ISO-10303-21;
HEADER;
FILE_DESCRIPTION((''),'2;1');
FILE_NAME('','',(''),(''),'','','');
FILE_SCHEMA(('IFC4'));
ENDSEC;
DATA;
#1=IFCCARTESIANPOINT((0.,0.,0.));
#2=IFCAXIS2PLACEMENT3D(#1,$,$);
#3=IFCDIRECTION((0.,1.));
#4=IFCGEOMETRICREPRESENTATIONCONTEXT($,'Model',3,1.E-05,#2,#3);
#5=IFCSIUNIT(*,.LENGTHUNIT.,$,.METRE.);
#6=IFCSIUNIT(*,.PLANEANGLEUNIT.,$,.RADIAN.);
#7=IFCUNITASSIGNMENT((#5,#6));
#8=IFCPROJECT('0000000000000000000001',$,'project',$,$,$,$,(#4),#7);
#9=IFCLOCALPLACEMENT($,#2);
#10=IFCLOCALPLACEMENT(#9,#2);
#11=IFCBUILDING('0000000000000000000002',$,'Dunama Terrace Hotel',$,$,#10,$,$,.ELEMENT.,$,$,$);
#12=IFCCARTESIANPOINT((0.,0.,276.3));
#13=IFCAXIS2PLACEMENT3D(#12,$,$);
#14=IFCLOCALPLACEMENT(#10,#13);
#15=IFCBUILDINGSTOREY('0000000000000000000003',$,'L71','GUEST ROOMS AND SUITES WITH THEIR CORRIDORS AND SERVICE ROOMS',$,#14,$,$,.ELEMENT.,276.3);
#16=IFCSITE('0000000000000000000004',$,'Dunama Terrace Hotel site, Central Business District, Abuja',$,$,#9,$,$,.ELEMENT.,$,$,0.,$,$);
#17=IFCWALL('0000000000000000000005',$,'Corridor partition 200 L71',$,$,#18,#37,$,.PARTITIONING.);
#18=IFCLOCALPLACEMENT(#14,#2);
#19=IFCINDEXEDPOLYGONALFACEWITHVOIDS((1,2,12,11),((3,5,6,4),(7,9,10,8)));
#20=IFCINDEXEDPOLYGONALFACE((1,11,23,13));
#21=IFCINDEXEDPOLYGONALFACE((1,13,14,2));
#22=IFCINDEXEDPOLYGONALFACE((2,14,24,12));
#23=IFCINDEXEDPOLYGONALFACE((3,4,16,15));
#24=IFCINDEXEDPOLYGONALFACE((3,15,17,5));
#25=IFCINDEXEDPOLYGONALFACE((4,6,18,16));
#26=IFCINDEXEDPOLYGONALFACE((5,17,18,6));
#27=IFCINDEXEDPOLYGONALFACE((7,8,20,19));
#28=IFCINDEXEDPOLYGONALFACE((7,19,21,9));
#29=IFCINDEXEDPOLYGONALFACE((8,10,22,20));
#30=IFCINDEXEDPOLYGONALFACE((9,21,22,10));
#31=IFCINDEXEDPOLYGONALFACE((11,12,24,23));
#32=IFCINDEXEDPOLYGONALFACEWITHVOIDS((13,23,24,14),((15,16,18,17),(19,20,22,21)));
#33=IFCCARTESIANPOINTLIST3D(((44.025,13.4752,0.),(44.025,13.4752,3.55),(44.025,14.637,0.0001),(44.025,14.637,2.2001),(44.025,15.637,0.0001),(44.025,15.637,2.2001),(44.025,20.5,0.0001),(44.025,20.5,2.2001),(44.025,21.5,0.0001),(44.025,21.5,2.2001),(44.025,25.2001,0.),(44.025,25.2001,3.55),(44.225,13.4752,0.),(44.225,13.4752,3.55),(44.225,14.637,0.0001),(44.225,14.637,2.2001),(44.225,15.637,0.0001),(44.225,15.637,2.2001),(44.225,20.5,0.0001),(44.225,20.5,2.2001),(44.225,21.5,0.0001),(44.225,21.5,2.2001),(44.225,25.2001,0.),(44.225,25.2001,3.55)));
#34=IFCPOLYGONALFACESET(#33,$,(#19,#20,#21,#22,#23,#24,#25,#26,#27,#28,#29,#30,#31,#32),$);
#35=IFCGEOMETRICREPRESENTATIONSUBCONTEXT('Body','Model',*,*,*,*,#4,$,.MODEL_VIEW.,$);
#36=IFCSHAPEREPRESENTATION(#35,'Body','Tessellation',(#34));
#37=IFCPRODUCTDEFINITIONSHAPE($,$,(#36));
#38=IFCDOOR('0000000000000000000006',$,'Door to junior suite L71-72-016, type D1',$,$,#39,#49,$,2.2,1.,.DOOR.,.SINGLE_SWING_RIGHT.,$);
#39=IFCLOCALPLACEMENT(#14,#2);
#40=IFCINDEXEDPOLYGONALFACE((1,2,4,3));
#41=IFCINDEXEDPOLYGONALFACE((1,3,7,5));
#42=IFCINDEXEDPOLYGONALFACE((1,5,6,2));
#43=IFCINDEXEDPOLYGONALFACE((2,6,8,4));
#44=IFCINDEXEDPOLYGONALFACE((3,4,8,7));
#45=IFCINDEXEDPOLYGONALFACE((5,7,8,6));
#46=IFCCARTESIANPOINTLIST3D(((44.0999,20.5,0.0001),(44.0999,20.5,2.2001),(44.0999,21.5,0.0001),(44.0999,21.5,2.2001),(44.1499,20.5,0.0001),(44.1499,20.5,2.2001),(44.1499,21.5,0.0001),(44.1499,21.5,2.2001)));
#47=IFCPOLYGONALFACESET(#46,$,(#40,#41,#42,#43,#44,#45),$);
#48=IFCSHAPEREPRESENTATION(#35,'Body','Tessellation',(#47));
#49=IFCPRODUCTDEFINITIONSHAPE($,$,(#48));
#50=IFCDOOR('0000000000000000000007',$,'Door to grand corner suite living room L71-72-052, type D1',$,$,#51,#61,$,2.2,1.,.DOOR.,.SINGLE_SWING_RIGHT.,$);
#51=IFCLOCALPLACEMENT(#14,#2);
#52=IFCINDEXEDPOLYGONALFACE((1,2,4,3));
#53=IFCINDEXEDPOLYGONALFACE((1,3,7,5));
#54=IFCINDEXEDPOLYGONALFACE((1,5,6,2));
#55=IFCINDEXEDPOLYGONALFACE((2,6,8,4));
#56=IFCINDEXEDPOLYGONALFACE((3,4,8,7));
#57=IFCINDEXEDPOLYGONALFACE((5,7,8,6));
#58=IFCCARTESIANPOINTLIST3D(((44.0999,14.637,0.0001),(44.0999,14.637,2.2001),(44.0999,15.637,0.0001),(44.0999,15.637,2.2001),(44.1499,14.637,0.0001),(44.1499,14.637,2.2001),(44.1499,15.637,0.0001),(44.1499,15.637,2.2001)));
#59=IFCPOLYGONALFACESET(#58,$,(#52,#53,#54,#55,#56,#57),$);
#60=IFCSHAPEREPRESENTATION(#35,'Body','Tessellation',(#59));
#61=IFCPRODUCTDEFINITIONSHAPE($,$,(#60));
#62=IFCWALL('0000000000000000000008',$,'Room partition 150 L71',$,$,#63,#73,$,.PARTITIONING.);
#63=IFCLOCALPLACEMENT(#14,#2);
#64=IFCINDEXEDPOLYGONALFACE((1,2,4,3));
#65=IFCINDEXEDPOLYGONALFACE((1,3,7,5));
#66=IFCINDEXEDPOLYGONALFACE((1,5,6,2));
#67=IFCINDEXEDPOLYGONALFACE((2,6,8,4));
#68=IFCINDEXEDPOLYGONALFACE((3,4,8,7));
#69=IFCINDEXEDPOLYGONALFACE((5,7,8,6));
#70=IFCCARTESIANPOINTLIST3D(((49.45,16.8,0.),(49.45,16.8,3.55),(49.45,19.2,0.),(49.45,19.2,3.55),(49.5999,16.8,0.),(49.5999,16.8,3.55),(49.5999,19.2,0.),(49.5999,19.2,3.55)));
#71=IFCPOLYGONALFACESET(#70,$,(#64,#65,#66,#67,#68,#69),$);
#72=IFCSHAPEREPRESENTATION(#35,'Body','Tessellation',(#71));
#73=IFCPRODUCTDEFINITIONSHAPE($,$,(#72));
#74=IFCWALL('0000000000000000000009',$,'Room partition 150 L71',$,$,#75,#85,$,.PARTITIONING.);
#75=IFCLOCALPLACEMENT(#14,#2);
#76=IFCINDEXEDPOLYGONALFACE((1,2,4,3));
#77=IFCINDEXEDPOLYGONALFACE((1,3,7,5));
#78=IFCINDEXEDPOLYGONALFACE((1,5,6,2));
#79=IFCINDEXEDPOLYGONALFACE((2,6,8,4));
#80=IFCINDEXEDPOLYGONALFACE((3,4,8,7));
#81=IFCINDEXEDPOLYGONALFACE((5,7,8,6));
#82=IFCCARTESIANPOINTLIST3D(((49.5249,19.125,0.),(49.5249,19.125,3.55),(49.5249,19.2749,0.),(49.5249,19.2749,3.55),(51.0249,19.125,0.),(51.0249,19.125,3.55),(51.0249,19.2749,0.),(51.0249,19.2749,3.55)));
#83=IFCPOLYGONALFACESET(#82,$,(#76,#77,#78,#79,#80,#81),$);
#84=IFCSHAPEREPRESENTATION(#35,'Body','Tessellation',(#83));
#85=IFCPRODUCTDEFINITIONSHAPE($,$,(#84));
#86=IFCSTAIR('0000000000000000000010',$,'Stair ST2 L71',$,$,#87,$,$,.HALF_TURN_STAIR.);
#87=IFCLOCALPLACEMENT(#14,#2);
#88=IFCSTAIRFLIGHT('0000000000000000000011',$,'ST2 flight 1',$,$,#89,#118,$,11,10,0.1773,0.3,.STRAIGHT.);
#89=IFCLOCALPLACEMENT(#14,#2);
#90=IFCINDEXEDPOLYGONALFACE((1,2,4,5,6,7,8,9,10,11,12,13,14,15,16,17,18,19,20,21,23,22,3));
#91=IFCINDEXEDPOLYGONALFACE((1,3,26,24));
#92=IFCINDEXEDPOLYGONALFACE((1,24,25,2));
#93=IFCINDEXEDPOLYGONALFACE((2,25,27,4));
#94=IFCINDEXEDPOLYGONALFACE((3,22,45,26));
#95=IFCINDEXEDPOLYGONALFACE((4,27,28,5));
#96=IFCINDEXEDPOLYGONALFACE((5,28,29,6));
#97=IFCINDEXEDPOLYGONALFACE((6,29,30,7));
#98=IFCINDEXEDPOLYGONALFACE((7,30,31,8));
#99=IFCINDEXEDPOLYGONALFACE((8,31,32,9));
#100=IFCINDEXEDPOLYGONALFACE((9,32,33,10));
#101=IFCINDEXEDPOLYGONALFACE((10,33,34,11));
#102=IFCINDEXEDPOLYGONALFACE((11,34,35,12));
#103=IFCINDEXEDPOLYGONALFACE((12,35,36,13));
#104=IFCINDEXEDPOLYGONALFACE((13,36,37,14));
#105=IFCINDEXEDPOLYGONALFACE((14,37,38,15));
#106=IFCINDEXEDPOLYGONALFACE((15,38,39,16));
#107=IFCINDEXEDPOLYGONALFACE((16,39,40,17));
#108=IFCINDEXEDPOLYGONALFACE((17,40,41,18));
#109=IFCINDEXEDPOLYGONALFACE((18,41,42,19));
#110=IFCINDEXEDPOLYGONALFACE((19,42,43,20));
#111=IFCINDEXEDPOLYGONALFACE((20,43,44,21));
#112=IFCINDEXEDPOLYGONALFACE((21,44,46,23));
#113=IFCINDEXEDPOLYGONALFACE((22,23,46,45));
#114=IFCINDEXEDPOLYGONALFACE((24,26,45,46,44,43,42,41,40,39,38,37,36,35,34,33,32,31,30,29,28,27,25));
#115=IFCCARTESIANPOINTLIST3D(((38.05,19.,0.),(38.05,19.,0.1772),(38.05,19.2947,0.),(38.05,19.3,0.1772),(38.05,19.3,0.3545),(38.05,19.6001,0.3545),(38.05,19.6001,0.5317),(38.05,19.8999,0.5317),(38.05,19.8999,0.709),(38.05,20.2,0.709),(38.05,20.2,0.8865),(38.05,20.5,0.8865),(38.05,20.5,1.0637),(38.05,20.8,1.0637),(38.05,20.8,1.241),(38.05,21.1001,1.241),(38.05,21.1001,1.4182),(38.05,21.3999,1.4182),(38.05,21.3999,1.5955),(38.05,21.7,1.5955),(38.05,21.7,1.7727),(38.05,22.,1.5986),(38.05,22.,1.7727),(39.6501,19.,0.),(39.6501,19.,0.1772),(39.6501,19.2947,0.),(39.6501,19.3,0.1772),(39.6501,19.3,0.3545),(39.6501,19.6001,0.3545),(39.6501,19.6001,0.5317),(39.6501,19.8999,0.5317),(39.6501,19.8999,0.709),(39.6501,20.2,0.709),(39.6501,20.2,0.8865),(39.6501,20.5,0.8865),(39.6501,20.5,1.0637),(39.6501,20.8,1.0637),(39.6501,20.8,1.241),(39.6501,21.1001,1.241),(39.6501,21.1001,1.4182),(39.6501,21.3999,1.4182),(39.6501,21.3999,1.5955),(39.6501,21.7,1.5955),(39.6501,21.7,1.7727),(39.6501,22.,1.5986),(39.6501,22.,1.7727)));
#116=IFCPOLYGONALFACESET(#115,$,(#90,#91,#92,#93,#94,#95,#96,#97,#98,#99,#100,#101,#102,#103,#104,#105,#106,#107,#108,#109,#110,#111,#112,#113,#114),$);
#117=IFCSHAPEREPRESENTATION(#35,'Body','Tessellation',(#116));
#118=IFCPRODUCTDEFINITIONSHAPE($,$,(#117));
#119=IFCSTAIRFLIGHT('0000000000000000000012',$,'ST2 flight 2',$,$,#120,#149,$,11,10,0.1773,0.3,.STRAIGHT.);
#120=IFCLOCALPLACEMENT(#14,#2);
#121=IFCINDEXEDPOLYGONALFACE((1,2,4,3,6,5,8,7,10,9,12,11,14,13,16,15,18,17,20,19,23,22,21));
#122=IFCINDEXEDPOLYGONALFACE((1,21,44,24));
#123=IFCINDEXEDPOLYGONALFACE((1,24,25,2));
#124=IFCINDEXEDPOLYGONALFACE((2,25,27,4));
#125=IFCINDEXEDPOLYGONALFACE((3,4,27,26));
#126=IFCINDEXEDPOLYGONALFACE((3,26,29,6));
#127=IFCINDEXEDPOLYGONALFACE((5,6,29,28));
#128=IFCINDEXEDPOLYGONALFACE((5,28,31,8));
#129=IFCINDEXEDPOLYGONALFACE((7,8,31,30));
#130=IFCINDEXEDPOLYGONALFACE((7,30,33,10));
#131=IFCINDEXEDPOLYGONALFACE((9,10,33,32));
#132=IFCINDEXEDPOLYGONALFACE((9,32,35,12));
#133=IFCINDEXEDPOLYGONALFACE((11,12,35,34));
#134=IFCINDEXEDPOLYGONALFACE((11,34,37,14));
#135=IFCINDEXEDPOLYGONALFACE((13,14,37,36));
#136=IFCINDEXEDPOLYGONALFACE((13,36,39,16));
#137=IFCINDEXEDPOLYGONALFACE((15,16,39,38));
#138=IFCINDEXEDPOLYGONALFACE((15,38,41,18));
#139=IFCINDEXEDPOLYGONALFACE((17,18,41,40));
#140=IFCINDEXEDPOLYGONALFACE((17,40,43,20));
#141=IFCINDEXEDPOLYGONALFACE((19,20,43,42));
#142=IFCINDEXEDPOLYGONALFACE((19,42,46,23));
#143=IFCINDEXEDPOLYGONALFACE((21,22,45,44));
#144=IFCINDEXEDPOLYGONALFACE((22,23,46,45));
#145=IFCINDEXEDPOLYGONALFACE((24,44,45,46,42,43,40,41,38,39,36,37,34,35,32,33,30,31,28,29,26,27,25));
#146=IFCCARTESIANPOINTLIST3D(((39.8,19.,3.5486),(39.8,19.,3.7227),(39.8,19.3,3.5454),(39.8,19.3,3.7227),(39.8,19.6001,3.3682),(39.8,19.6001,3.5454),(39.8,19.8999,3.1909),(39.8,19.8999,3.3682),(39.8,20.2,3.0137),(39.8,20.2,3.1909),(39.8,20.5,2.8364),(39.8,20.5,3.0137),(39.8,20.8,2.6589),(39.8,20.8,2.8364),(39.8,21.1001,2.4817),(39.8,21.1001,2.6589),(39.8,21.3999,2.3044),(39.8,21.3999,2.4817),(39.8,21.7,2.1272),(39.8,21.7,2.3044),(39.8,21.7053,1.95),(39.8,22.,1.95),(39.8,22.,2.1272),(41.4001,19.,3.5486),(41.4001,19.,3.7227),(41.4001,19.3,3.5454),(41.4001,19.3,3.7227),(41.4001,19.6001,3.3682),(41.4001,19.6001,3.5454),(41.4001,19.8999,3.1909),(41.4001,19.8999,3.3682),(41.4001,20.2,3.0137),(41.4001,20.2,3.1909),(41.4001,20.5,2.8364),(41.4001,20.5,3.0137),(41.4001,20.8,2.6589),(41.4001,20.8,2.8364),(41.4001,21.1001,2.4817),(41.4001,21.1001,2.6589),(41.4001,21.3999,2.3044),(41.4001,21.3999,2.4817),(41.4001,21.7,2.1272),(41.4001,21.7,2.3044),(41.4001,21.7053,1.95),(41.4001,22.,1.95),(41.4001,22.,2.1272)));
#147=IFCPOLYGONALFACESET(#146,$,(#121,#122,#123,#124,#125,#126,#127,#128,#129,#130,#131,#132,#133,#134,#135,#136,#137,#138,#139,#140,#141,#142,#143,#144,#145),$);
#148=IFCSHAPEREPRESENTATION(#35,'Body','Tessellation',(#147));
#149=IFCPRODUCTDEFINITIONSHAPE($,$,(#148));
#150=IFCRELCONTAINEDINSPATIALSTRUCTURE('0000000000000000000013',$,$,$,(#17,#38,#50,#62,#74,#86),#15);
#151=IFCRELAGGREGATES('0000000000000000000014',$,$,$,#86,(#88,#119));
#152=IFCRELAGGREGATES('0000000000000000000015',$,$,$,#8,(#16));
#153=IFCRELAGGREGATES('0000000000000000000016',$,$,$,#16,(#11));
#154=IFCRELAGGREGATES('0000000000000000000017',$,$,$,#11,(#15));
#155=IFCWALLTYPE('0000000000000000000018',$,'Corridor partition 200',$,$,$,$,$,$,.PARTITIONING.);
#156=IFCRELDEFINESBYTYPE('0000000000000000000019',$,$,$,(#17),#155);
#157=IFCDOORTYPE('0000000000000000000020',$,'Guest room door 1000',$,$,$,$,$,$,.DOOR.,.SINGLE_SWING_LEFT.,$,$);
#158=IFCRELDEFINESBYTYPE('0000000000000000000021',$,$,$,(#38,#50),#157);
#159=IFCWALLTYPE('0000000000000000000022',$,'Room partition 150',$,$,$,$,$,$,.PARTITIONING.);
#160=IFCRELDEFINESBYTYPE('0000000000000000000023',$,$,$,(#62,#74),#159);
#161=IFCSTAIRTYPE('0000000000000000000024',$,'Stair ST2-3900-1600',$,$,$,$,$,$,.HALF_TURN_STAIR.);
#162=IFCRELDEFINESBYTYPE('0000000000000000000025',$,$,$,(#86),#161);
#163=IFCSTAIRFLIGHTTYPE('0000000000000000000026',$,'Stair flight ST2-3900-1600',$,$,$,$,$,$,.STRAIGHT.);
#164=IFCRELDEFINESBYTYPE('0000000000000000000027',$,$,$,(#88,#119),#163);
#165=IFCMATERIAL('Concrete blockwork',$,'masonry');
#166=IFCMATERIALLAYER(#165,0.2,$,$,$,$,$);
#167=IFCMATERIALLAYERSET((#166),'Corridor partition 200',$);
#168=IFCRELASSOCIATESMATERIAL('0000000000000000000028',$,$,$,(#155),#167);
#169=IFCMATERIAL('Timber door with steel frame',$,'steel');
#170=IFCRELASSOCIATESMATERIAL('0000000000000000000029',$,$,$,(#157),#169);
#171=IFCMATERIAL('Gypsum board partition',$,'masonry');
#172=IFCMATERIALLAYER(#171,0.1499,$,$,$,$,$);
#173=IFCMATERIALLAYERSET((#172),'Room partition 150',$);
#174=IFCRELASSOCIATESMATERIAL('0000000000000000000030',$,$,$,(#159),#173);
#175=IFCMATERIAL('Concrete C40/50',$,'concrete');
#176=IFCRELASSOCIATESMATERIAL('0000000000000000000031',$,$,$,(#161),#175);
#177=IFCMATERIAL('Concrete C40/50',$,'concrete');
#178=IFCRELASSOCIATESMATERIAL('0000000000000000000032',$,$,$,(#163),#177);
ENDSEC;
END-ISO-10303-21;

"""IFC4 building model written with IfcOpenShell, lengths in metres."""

from ifc_helpers import new_model, si_unit, direction, frame, frame_2d, origin, place, context, subcontext, project, spatial, polyline, rectangle, outline, extrude, material, layer, layer_set, type_object, element, fill, aggregate, save


model = new_model("IFC4")

# Units and contexts
model_context = context("Model", 3, precision=1e-05, world=origin(), true_north=direction((0.0, 1.0)))
body_context = subcontext(model_context, "Body", "Model", "MODEL_VIEW")
ifc_project = project(units=[si_unit("LENGTHUNIT", "METRE"), si_unit("PLANEANGLEUNIT", "RADIAN")], contexts=[model_context])

# Site, building, storey
site_placement = place(None, origin())
site = spatial("IfcSite", under=ifc_project, at=site_placement, Name="Dunama Terrace Hotel site, Central Business District, Abuja", CompositionType="ELEMENT", RefElevation=0.0)
building_placement = place(site_placement, origin())
building = spatial("IfcBuilding", under=site, at=building_placement, Name="Dunama Terrace Hotel", CompositionType="ELEMENT")
storey_placement = place(building_placement, frame((0.0, 0.0, 276.3)))
storey = spatial("IfcBuildingStorey", under=building, at=storey_placement, Name="L71", Description="GUEST ROOMS AND SUITES WITH THEIR CORRIDORS AND SERVICE ROOMS", CompositionType="ELEMENT", Elevation=276.3)

# Shared definitions
ifc_material_1 = material(Name="Concrete blockwork", Category="masonry")
ifc_layer_1 = layer(ifc_material_1, 0.2)
ifc_layer_set_1 = layer_set([ifc_layer_1], Name="Corridor partition 200")
wall_type_1 = type_object("IfcWallType", Name="Corridor partition 200", PredefinedType="PARTITIONING", material=ifc_layer_set_1)

# Wall, openings, doors
wall_1_placement = place(storey_placement, frame((44.125, 25.2, 0.0), z_axis=(0.0, 0.0, 1.0), x_axis=(0.0, -1.0, 0.0)))
wall_1 = element("IfcWall", 1, at=wall_1_placement, inside=storey, type_object=wall_type_1, Name="Corridor partition 200 L71", PredefinedType="PARTITIONING", context=body_context, shape_type="SweptSolid", body=[
    extrude(rectangle(XDim=11.7249, YDim=0.2, at=frame_2d((5.8623, 0.0))), origin(), (0.0, 0.0, 1.0), 3.55),
])
opening_1_placement = place(wall_1_placement, frame((3.7, 0.0, 0.0)))
opening_1 = element("IfcOpeningElement", 2, at=opening_1_placement, cuts=wall_1, PredefinedType="OPENING", context=body_context, shape_type="SweptSolid", body=[
    extrude(rectangle(XDim=1.0, YDim=2.2, at=frame_2d((0.5, 1.1001))), frame((0.0, 0.1099, 0.0), z_axis=(0.0, -1.0, 0.0), x_axis=(1.0, 0.0, 0.0)), (0.0, 0.0, 1.0), 0.22),
])
opening_2_placement = place(wall_1_placement, frame((9.563, 0.0, 0.0)))
opening_2 = element("IfcOpeningElement", 3, at=opening_2_placement, cuts=wall_1, PredefinedType="OPENING", context=body_context, shape_type="SweptSolid", body=[
    extrude(rectangle(XDim=1.0, YDim=2.2, at=frame_2d((0.5, 1.1001))), frame((0.0, 0.1099, 0.0), z_axis=(0.0, -1.0, 0.0), x_axis=(1.0, 0.0, 0.0)), (0.0, 0.0, 1.0), 0.22),
])
ifc_material_2 = material(Name="Timber door with steel frame", Category="steel")
door_type_1 = type_object("IfcDoorType", Name="Guest room door 1000", OperationType="SINGLE_SWING_LEFT", PredefinedType="DOOR", material=ifc_material_2)
door_1_placement = place(opening_1_placement, origin())
door_1 = element("IfcDoor", 4, at=door_1_placement, inside=storey, type_object=door_type_1, Name="Door to junior suite L71-72-016, type D1", OperationType="SINGLE_SWING_RIGHT", OverallHeight=2.2, OverallWidth=1.0, PredefinedType="DOOR", context=body_context, shape_type="SweptSolid", body=[
    extrude(rectangle(XDim=1.0, YDim=2.2, at=frame_2d((0.5, 1.1001))), frame((0.0, 0.0249, 0.0), z_axis=(0.0, -1.0, 0.0), x_axis=(1.0, 0.0, 0.0)), (0.0, 0.0, 1.0), 0.05),
])
fill(opening_1, door_1)
door_2_placement = place(opening_2_placement, origin())
door_2 = element("IfcDoor", 5, at=door_2_placement, inside=storey, type_object=door_type_1, Name="Door to grand corner suite living room L71-72-052, type D1", OperationType="SINGLE_SWING_RIGHT", OverallHeight=2.2, OverallWidth=1.0, PredefinedType="DOOR", context=body_context, shape_type="SweptSolid", body=[
    extrude(rectangle(XDim=1.0, YDim=2.2, at=frame_2d((0.5, 1.1001))), frame((0.0, 0.0249, 0.0), z_axis=(0.0, -1.0, 0.0), x_axis=(1.0, 0.0, 0.0)), (0.0, 0.0, 1.0), 0.05),
])
fill(opening_2, door_2)

# Walls
ifc_material_3 = material(Name="Gypsum board partition", Category="masonry")
ifc_layer_2 = layer(ifc_material_3, 0.1499)
ifc_layer_set_2 = layer_set([ifc_layer_2], Name="Room partition 150")
wall_type_2 = type_object("IfcWallType", Name="Room partition 150", PredefinedType="PARTITIONING", material=ifc_layer_set_2)
wall_2_placement = place(storey_placement, frame((49.5249, 16.8, 0.0), z_axis=(0.0, 0.0, 1.0), x_axis=(0.0, 1.0, 0.0)))
element("IfcWall", 6, at=wall_2_placement, inside=storey, type_object=wall_type_2, Name="Room partition 150 L71", PredefinedType="PARTITIONING", context=body_context, shape_type="SweptSolid", body=[
    extrude(rectangle(XDim=2.3999, YDim=0.1499, at=frame_2d((1.2, 0.0))), origin(), (0.0, 0.0, 1.0), 3.55),
])
wall_3_placement = place(storey_placement, frame((49.5249, 19.2, 0.0), z_axis=(0.0, 0.0, 1.0), x_axis=(1.0, 0.0, 0.0)))
element("IfcWall", 7, at=wall_3_placement, inside=storey, type_object=wall_type_2, Name="Room partition 150 L71", PredefinedType="PARTITIONING", context=body_context, shape_type="SweptSolid", body=[
    extrude(rectangle(XDim=1.5, YDim=0.1499, at=frame_2d((0.75, 0.0))), origin(), (0.0, 0.0, 1.0), 3.55),
])

# Stair, stair flights
ifc_material_4 = material(Name="Concrete C40/50", Category="concrete")
stair_type = type_object("IfcStairType", Name="Stair ST2-3900-1600", PredefinedType="HALF_TURN_STAIR", material=ifc_material_4)
stair_placement = place(storey_placement, origin())
stair = element("IfcStair", 8, at=stair_placement, inside=storey, type_object=stair_type, Name="Stair ST2 L71", PredefinedType="HALF_TURN_STAIR")
ifc_material_5 = material(Name="Concrete C40/50", Category="concrete")
stair_flight_type = type_object("IfcStairFlightType", Name="Stair flight ST2-3900-1600", PredefinedType="STRAIGHT", material=ifc_material_5)
stair_flight_1_placement = place(storey_placement, frame((38.8501, 19.0, 0.0), z_axis=(0.0, 0.0, 1.0), x_axis=(0.0, 1.0, 0.0)))
stair_flight_1 = element("IfcStairFlight", 9, at=stair_flight_1_placement, type_object=stair_flight_type, Name="ST2 flight 1", NumberOfRisers=11, NumberOfTreads=10, PredefinedType="STRAIGHT", RiserHeight=0.1773, TreadLength=0.3, context=body_context, shape_type="SweptSolid", body=[
    extrude(outline(polyline([(0.0, 0.0), (0.0, 0.1772), (0.3, 0.1772), (0.3, 0.3545), (0.6001, 0.3545), (0.6001, 0.5317), (0.8999, 0.5317), (0.8999, 0.709), (1.2, 0.709), (1.2, 0.8865), (1.5, 0.8865), (1.5, 1.0637), (1.8, 1.0637), (1.8, 1.241), (2.1001, 1.241), (2.1001, 1.4182), (2.3999, 1.4182), (2.3999, 1.5955), (2.7, 1.5955), (2.7, 1.7727), (3.0, 1.7727), (3.0, 1.95), (3.0, 1.5986), (0.2947, 0.0), (0.0, 0.0)])), frame((0.0, 0.8, 0.0), z_axis=(0.0, -1.0, 0.0), x_axis=(1.0, 0.0, 0.0)), (0.0, 0.0, 1.0), 1.6001),
])
stair_flight_2_placement = place(storey_placement, frame((40.6001, 22.0, 1.95), z_axis=(0.0, 0.0, 1.0), x_axis=(0.0, -1.0, 0.0)))
stair_flight_2 = element("IfcStairFlight", 10, at=stair_flight_2_placement, type_object=stair_flight_type, Name="ST2 flight 2", NumberOfRisers=11, NumberOfTreads=10, PredefinedType="STRAIGHT", RiserHeight=0.1773, TreadLength=0.3, context=body_context, shape_type="SweptSolid", body=[
    extrude(outline(polyline([(0.0, 0.0), (0.0, 0.1772), (0.3, 0.1772), (0.3, 0.3545), (0.6001, 0.3545), (0.6001, 0.5317), (0.8999, 0.5317), (0.8999, 0.709), (1.2, 0.709), (1.2, 0.8865), (1.5, 0.8865), (1.5, 1.0637), (1.8, 1.0637), (1.8, 1.241), (2.1001, 1.241), (2.1001, 1.4182), (2.3999, 1.4182), (2.3999, 1.5955), (2.7, 1.5955), (2.7, 1.7727), (3.0, 1.7727), (3.0, 1.95), (3.0, 1.5986), (0.2947, 0.0), (0.0, 0.0)])), frame((0.0, 0.8, 0.0), z_axis=(0.0, -1.0, 0.0), x_axis=(1.0, 0.0, 0.0)), (0.0, 0.0, 1.0), 1.6001),
])
aggregate(stair, [stair_flight_1, stair_flight_2])

save(model, "model.ifc")
